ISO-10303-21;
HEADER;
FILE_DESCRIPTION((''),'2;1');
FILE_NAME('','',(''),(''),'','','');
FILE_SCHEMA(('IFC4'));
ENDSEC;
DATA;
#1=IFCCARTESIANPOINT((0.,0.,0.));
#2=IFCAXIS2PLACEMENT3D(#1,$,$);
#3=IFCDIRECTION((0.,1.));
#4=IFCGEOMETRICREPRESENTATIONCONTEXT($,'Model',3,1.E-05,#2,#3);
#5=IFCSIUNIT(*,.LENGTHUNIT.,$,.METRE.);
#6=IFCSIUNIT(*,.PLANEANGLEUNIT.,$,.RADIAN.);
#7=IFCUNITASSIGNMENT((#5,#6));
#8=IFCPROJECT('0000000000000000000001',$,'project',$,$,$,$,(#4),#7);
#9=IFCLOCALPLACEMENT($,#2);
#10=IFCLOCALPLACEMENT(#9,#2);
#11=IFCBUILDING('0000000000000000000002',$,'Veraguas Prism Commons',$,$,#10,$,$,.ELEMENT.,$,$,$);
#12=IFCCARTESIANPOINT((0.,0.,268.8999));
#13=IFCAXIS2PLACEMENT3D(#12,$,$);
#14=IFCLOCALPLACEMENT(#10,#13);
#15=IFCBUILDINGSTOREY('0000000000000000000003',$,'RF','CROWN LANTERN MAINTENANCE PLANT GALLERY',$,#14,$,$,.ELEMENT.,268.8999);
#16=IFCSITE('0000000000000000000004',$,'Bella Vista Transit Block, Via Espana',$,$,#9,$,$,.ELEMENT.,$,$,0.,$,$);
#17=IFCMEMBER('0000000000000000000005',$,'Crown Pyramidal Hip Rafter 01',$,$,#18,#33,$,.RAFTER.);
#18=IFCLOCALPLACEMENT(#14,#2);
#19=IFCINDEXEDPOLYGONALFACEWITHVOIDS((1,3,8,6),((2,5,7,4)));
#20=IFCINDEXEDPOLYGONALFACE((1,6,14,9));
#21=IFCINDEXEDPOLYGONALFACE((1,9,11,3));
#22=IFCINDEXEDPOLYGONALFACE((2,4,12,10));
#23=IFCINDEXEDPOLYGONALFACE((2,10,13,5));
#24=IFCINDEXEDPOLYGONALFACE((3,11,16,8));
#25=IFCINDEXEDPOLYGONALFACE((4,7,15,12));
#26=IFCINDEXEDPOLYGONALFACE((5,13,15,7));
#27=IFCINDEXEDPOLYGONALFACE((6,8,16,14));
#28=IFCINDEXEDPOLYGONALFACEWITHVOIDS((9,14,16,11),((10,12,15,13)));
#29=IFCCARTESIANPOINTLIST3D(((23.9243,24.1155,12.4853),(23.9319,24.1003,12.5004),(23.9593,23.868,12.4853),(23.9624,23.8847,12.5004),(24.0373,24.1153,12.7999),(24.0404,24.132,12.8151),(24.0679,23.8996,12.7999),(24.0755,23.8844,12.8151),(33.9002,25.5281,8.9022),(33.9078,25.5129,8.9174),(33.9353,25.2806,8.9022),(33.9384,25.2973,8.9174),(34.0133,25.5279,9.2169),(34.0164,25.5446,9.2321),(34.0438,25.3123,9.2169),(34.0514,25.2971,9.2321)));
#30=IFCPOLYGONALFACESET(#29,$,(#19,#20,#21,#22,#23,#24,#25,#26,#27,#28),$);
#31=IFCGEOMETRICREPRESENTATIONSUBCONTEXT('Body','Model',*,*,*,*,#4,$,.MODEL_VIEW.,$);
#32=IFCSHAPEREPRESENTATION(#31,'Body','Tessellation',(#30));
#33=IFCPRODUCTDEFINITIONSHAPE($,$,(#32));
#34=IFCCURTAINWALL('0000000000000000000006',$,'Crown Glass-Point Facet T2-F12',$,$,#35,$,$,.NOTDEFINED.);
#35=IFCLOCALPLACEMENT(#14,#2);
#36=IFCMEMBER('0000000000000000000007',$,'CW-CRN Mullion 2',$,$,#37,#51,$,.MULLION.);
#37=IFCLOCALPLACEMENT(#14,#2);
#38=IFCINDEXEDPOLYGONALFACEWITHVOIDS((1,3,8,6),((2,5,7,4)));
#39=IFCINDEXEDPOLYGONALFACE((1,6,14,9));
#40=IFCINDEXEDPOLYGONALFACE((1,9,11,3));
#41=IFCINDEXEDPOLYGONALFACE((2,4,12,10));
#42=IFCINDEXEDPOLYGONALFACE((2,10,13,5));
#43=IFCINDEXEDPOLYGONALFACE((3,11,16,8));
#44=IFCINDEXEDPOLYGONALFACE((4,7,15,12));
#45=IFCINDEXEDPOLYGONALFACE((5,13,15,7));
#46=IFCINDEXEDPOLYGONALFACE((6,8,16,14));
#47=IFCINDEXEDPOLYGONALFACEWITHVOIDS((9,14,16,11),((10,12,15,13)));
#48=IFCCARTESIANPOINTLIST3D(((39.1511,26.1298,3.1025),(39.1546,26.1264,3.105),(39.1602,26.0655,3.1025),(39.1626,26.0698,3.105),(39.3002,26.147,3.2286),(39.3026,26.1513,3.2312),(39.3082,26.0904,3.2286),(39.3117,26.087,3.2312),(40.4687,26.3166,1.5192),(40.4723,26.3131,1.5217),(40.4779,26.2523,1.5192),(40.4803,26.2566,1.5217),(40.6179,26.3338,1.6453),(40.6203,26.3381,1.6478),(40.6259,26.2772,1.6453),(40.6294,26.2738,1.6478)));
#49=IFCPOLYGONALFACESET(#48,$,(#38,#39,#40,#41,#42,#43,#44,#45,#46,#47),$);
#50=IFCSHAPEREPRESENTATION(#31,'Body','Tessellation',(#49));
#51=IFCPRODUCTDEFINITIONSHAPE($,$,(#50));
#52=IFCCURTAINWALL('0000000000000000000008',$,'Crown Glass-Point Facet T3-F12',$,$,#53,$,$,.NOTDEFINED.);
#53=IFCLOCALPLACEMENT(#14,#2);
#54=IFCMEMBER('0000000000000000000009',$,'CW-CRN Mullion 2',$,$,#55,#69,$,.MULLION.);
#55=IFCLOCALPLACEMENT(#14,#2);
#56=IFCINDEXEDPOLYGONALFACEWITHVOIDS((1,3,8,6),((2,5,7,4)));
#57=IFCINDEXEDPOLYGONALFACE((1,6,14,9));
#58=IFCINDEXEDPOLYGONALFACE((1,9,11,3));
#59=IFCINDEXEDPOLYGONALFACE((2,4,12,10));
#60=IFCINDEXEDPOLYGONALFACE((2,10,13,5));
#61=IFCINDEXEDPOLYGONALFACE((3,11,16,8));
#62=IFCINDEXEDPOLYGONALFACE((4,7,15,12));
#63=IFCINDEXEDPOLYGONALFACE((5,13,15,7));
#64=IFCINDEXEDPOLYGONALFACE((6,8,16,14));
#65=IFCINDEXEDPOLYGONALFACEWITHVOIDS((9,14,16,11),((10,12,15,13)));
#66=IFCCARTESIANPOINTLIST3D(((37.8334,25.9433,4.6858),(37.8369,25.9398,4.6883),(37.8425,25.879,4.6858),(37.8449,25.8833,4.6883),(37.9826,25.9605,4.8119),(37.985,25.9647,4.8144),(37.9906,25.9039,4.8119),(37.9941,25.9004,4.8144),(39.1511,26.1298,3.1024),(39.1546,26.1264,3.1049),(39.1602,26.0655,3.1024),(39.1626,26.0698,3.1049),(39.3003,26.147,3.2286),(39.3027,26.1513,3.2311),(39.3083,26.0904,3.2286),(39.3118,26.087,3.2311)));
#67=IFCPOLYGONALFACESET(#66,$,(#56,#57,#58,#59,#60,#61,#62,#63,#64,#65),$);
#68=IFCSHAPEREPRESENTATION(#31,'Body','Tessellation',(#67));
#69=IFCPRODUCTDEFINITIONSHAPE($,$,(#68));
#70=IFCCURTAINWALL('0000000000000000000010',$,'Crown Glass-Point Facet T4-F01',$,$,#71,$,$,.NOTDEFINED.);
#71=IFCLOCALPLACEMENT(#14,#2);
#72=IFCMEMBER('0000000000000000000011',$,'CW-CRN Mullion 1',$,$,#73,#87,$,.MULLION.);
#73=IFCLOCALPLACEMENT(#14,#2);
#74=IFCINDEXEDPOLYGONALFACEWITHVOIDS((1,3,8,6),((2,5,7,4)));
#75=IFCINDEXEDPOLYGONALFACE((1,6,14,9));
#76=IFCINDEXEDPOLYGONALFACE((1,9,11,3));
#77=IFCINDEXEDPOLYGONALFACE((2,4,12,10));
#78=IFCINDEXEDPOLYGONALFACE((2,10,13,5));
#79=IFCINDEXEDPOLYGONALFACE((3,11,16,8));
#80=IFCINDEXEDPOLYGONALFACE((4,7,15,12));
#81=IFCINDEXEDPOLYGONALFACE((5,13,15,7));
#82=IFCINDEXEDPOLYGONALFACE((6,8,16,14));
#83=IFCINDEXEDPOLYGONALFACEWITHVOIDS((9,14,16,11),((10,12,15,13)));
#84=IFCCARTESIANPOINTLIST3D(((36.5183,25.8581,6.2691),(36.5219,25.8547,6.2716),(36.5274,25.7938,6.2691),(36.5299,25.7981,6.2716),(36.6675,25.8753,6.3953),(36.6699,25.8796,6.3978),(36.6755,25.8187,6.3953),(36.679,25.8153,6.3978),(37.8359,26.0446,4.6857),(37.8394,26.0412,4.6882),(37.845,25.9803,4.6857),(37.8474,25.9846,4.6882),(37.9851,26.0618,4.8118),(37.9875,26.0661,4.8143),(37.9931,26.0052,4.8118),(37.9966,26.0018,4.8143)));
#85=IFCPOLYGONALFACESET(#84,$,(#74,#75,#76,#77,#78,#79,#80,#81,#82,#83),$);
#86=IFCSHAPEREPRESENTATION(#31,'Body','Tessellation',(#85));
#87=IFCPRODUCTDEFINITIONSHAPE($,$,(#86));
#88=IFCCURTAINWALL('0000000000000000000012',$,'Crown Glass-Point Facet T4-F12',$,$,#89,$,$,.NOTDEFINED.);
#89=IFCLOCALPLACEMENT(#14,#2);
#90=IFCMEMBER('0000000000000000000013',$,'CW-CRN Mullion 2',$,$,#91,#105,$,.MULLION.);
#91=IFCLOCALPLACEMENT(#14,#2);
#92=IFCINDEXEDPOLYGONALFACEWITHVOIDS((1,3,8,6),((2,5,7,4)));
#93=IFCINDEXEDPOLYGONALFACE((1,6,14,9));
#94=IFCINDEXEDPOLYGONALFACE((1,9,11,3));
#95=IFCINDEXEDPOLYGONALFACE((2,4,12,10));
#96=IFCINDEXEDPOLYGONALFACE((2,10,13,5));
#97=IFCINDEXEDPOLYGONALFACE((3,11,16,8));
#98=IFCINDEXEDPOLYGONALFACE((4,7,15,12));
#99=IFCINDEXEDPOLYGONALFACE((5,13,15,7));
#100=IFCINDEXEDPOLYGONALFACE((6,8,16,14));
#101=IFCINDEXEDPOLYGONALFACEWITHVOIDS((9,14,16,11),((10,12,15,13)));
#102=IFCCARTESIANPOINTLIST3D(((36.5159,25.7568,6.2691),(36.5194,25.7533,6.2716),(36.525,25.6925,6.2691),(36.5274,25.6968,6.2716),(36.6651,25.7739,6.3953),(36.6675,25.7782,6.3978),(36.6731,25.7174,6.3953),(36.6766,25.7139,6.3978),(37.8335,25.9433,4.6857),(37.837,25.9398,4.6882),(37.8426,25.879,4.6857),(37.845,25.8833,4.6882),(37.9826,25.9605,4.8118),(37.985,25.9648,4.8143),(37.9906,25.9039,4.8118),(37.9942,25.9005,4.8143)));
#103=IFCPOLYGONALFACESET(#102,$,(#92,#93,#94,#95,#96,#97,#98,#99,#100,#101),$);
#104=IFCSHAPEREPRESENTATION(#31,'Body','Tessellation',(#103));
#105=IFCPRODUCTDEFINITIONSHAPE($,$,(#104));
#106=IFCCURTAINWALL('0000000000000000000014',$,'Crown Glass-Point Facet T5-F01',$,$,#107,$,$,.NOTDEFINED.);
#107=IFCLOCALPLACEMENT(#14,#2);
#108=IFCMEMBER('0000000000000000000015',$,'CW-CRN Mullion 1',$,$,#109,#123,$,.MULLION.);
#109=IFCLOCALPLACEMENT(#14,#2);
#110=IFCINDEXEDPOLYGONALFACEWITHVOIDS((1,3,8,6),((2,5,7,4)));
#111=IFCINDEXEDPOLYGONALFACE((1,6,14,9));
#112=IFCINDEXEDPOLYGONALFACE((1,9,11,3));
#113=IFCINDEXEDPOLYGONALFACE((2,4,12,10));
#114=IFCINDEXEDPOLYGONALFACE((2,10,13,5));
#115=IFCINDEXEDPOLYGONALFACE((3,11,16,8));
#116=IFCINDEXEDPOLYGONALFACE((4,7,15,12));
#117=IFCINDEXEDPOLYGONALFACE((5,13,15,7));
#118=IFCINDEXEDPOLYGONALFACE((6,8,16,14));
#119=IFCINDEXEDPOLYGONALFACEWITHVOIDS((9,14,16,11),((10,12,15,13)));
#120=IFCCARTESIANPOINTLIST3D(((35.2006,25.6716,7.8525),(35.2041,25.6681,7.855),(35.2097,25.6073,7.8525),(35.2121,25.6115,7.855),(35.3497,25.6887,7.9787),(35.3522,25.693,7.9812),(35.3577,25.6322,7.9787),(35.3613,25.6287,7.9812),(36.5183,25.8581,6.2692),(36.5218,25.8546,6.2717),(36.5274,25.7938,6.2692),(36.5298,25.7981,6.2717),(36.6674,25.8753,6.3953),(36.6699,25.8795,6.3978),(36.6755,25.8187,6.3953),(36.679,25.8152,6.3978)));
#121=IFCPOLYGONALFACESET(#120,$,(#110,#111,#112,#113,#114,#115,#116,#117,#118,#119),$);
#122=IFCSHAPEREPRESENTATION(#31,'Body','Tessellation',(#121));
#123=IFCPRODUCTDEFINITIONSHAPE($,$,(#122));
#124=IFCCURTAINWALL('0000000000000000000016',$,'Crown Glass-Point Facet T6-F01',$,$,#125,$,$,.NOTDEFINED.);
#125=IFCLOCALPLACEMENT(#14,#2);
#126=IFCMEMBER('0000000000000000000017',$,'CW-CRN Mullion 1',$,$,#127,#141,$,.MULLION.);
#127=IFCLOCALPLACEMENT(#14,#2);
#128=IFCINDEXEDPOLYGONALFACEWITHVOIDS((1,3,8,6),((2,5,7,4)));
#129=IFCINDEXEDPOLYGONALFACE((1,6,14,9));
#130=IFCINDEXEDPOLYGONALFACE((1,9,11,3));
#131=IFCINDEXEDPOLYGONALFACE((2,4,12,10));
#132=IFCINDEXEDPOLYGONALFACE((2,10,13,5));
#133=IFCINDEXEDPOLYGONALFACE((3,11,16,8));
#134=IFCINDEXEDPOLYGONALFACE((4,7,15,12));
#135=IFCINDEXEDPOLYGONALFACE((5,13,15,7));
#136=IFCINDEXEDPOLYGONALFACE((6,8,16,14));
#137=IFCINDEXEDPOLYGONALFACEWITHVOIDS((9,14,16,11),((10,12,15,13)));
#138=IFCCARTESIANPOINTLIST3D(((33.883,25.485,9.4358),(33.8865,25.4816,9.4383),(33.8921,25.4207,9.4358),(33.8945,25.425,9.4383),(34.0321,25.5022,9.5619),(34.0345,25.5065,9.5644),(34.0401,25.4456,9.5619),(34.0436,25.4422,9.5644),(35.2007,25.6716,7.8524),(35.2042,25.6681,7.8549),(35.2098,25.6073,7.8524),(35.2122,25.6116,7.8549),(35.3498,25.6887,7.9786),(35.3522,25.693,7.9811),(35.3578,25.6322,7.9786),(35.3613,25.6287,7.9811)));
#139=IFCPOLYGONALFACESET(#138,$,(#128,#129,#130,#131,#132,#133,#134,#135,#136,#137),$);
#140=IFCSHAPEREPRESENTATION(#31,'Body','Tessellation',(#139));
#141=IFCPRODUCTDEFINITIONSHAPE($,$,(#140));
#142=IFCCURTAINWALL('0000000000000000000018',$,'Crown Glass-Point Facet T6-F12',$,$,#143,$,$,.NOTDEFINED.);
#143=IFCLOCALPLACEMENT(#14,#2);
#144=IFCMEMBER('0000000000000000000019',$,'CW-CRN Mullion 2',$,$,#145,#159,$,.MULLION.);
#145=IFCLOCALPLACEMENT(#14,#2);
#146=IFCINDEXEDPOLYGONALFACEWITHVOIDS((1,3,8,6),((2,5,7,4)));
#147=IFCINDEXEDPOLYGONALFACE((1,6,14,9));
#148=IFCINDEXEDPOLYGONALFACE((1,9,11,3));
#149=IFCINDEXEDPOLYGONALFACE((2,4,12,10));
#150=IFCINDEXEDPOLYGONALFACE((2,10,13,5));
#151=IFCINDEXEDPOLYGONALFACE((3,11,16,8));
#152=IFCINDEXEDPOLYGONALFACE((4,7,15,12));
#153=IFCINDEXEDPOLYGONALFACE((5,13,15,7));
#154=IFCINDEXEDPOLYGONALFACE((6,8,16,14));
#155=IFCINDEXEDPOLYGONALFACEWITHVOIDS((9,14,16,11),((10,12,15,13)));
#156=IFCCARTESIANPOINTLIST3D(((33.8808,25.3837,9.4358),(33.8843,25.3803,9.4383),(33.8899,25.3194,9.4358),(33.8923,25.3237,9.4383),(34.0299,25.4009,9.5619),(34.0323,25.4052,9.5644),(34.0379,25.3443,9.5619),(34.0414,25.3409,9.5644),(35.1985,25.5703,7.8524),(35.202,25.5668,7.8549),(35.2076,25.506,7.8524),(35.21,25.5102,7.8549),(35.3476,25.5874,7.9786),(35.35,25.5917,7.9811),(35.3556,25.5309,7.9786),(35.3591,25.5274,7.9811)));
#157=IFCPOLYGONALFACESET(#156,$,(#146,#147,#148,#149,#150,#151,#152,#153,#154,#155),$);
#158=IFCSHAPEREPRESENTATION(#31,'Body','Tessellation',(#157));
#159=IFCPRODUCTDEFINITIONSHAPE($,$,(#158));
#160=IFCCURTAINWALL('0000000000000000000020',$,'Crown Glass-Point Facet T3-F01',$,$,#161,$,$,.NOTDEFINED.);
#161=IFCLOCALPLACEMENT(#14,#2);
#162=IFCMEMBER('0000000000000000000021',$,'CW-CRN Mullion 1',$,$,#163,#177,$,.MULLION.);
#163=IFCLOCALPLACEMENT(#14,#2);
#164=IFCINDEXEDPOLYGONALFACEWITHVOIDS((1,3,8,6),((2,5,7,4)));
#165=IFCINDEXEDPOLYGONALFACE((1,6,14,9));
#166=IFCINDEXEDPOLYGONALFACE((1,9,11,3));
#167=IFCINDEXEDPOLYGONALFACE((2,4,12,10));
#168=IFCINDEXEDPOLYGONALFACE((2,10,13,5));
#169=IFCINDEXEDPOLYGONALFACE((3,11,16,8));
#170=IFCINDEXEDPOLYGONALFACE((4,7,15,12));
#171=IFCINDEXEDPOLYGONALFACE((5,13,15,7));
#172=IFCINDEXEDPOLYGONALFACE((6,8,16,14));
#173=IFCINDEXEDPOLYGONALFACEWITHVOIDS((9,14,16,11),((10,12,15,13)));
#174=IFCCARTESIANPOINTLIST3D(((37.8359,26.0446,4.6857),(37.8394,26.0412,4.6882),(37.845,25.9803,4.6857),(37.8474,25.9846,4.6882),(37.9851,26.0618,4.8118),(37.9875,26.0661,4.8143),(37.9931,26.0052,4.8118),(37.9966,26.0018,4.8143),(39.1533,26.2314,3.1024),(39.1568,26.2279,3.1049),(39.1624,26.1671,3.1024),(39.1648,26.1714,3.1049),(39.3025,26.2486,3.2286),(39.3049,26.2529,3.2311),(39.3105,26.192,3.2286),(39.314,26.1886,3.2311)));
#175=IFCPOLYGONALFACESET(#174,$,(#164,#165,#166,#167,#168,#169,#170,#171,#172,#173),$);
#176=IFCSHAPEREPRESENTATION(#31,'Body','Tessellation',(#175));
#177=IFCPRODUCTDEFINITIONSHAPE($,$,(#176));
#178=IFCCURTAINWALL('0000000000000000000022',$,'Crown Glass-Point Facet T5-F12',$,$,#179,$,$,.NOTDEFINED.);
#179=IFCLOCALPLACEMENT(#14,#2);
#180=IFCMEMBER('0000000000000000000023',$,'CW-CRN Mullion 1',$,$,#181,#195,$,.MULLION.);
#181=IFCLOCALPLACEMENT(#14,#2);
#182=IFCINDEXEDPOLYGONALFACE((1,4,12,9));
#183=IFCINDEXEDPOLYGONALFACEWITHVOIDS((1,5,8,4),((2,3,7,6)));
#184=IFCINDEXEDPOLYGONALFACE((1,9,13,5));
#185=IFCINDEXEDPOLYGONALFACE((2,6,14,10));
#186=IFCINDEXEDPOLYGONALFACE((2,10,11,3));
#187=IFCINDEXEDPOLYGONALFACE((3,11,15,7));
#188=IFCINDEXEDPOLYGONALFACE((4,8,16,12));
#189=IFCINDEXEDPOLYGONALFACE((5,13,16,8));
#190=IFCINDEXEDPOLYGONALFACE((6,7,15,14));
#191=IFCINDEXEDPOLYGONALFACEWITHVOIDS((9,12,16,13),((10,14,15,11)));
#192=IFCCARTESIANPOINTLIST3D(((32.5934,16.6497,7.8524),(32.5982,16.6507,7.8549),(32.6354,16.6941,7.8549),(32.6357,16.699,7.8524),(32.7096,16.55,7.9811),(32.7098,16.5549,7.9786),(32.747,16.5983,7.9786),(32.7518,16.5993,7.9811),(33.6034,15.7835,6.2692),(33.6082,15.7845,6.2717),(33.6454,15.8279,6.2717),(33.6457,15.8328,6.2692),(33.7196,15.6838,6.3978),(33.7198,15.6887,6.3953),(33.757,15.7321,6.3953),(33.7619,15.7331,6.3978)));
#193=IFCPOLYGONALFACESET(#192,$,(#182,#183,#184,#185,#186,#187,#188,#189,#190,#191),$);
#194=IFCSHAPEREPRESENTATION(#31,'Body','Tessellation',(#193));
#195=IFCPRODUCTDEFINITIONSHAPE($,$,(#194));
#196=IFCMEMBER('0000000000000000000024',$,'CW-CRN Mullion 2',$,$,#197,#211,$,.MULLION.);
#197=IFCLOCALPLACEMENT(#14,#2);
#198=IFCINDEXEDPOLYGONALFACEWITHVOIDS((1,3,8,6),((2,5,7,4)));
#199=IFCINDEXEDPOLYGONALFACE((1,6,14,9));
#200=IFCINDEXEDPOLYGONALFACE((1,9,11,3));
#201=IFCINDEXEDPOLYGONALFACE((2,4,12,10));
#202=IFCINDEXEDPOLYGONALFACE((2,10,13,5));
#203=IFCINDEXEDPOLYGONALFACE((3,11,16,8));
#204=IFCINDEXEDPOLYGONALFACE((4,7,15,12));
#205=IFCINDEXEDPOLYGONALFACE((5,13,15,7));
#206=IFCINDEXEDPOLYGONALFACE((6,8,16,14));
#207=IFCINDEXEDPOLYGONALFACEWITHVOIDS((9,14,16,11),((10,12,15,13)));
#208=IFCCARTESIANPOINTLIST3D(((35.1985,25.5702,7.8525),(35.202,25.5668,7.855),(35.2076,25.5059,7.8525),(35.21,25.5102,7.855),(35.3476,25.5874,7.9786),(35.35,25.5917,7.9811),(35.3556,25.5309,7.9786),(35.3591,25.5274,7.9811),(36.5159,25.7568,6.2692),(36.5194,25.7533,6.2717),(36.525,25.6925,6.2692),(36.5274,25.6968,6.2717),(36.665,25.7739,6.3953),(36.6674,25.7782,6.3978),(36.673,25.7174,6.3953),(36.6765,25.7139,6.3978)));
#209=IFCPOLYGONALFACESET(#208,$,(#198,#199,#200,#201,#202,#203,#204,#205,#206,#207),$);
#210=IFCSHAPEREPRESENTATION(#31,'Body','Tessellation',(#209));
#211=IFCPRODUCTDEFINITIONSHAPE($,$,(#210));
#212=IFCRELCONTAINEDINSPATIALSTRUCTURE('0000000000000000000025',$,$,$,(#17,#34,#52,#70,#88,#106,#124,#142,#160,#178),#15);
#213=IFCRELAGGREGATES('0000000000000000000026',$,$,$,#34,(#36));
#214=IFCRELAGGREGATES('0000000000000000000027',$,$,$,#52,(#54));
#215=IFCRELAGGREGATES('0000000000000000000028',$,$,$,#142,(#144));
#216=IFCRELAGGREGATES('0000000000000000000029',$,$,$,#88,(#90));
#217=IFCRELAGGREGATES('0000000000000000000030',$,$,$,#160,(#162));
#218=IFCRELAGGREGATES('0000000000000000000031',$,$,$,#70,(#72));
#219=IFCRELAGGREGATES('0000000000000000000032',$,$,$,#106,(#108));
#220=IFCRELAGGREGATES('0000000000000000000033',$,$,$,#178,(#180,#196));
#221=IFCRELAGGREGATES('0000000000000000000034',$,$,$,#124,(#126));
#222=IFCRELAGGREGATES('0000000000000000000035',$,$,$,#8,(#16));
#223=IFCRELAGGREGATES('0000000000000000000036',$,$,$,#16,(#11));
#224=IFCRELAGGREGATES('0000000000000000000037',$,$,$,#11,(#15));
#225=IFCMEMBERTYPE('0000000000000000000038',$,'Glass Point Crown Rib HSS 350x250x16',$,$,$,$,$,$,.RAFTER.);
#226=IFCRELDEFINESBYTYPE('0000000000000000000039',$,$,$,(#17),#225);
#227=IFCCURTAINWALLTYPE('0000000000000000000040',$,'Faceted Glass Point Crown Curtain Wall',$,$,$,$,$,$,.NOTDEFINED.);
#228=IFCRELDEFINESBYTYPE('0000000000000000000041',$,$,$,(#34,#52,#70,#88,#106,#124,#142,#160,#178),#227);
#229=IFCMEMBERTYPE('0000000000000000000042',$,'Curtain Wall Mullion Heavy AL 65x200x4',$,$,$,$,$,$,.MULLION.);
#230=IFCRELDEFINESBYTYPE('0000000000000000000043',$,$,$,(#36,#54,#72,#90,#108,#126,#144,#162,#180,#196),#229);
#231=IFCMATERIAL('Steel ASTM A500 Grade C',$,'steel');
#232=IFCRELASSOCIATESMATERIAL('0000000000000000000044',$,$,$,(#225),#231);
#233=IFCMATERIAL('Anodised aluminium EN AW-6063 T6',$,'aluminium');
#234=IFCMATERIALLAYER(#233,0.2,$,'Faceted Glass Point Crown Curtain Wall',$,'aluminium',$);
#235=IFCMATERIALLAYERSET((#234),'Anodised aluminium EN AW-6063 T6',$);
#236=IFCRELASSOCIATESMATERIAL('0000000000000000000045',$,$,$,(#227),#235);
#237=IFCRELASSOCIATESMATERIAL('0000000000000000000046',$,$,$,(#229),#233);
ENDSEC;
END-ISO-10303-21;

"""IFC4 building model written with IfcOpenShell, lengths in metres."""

from ifc_helpers import new_model, si_unit, direction, frame, origin, origin_2d, place, context, subcontext, project, spatial, hollow_rectangle, extrude, source, transform, mapped, material, layer, layer_set, material_profile, profile_set, type_object, element, aggregate, save


model = new_model("IFC4")

# Units and contexts
model_context = context("Model", 3, precision=1e-05, world=origin(), true_north=direction((0.0, 1.0)))
body_context = subcontext(model_context, "Body", "Model", "MODEL_VIEW")
ifc_project = project(units=[si_unit("LENGTHUNIT", "METRE"), si_unit("PLANEANGLEUNIT", "RADIAN")], contexts=[model_context])

# Site, building, storey
site_placement = place(None, origin())
site = spatial("IfcSite", under=ifc_project, at=site_placement, Name="Bella Vista Transit Block, Via Espana", CompositionType="ELEMENT", RefElevation=0.0)
building_placement = place(site_placement, origin())
building = spatial("IfcBuilding", under=site, at=building_placement, Name="Veraguas Prism Commons", CompositionType="ELEMENT")
storey_placement = place(building_placement, frame((0.0, 0.0, 268.8999)))
storey = spatial("IfcBuildingStorey", under=building, at=storey_placement, Name="RF", Description="CROWN LANTERN MAINTENANCE PLANT GALLERY", CompositionType="ELEMENT", Elevation=268.8999)

# Shared definitions
ifc_material_1 = material(Name="Steel ASTM A500 Grade C", Category="steel")

# Member
ifc_material_profile_1 = material_profile(ifc_material_1, hollow_rectangle(XDim=0.25, YDim=0.3501, WallThickness=0.0161, at=origin_2d()), Name="HSS350X250X16")
ifc_profile_set_1 = profile_set([ifc_material_profile_1], Name="Steel ASTM A500 Grade C")
member_type_1 = type_object("IfcMemberType", Name="Glass Point Crown Rib HSS 350x250x16", PredefinedType="RAFTER", material=ifc_profile_set_1)
member_1_placement = place(storey_placement, frame((33.9758, 25.4126, 9.0671), z_axis=(-0.932889, -0.132099, 0.335065), x_axis=(0.140203, -0.990123, 0.0)))
element("IfcMember", 1, at=member_1_placement, inside=storey, type_object=member_type_1, Name="Crown Pyramidal Hip Rafter 01", PredefinedType="RAFTER", context=body_context, shape_type="SweptSolid", body=[
    extrude(hollow_rectangle(XDim=0.25, YDim=0.3501, WallThickness=0.0161, at=origin_2d()), origin(), (0.0, 0.0, 1.0), 10.6936),
])

# Curtain walls, members
ifc_material_2 = material(Name="Anodised aluminium EN AW-6063 T6", Category="aluminium")
ifc_layer_1 = layer(ifc_material_2, 0.2, Name="Faceted Glass Point Crown Curtain Wall", Category="aluminium")
ifc_layer_set_1 = layer_set([ifc_layer_1], Name="Anodised aluminium EN AW-6063 T6")
curtain_wall_type = type_object("IfcCurtainWallType", Name="Faceted Glass Point Crown Curtain Wall", PredefinedType="NOTDEFINED", material=ifc_layer_set_1)
curtain_wall_1_placement = place(storey_placement, origin())
curtain_wall_1 = element("IfcCurtainWall", 2, at=curtain_wall_1_placement, inside=storey, type_object=curtain_wall_type, Name="Crown Glass-Point Facet T2-F12", PredefinedType="NOTDEFINED")
ifc_material_profile_2 = material_profile(ifc_material_2, hollow_rectangle(XDim=0.0649, YDim=0.2, WallThickness=0.0039, at=origin_2d()), Name="AL65X200X4")
ifc_profile_set_2 = profile_set([ifc_material_profile_2], Name="Anodised aluminium EN AW-6063 T6")
member_type_2 = type_object("IfcMemberType", Name="Curtain Wall Mullion Heavy AL 65x200x4", PredefinedType="MULLION", material=ifc_profile_set_2)
shared_shape_1 = source(origin(), body_context, "Body", "SweptSolid", [
    extrude(hollow_rectangle(XDim=0.0649, YDim=0.2, WallThickness=0.0039, at=origin_2d()), origin(), (0.0, 0.0, 1.0), 2.0684),
])
member_2_placement = place(storey_placement, frame((40.5491, 26.2952, 1.5835), z_axis=(-0.63707, -0.090302, 0.765499), x_axis=(0.140343, -0.990103, 0.0)))
member_2 = element("IfcMember", 3, at=member_2_placement, type_object=member_type_2, Name="CW-CRN Mullion 2", PredefinedType="MULLION", context=body_context, shape_type="MappedRepresentation", body=[
    mapped(shared_shape_1, transform((0.0, 0.0, 0.0), scale=1.0)),
])
aggregate(curtain_wall_1, [member_2])
curtain_wall_2_placement = place(storey_placement, origin())
curtain_wall_2 = element("IfcCurtainWall", 4, at=curtain_wall_2_placement, inside=storey, type_object=curtain_wall_type, Name="Crown Glass-Point Facet T3-F12", PredefinedType="NOTDEFINED")
member_3_placement = place(storey_placement, frame((39.2314, 26.1084, 3.1667), z_axis=(-0.637076, -0.090185, 0.765507), x_axis=(0.140163, -0.990128, 0.0)))
member_3 = element("IfcMember", 5, at=member_3_placement, type_object=member_type_2, Name="CW-CRN Mullion 2", PredefinedType="MULLION", context=body_context, shape_type="MappedRepresentation", body=[
    mapped(shared_shape_1, transform((0.0, 0.0, 0.0), scale=1.0)),
])
aggregate(curtain_wall_2, [member_3])
curtain_wall_3_placement = place(storey_placement, origin())
curtain_wall_3 = element("IfcCurtainWall", 6, at=curtain_wall_3_placement, inside=storey, type_object=curtain_wall_type, Name="Crown Glass-Point Facet T4-F01", PredefinedType="NOTDEFINED")
member_4_placement = place(storey_placement, frame((37.9163, 26.0232, 4.75), z_axis=(-0.637019, -0.090176, 0.765556), x_axis=(0.140163, -0.990128, 0.0)))
member_4 = element("IfcMember", 7, at=member_4_placement, type_object=member_type_2, Name="CW-CRN Mullion 1", PredefinedType="MULLION", context=body_context, shape_type="MappedRepresentation", body=[
    mapped(shared_shape_1, transform((0.0, 0.0, 0.0), scale=1.0)),
])
curtain_wall_4_placement = place(storey_placement, origin())
curtain_wall_4 = element("IfcCurtainWall", 8, at=curtain_wall_4_placement, inside=storey, type_object=curtain_wall_type, Name="Crown Glass-Point Facet T4-F12", PredefinedType="NOTDEFINED")
member_5_placement = place(storey_placement, frame((37.9138, 25.9219, 4.75), z_axis=(-0.637019, -0.090176, 0.765556), x_axis=(0.140163, -0.990128, 0.0)))
member_5 = element("IfcMember", 9, at=member_5_placement, type_object=member_type_2, Name="CW-CRN Mullion 2", PredefinedType="MULLION", context=body_context, shape_type="MappedRepresentation", body=[
    mapped(shared_shape_1, transform((0.0, 0.0, 0.0), scale=1.0)),
])
curtain_wall_5_placement = place(storey_placement, origin())
curtain_wall_5 = element("IfcCurtainWall", 10, at=curtain_wall_5_placement, inside=storey, type_object=curtain_wall_type, Name="Crown Glass-Point Facet T5-F01", PredefinedType="NOTDEFINED")
member_6_placement = place(storey_placement, frame((36.5986, 25.8367, 6.3335), z_axis=(-0.637076, -0.090185, 0.765507), x_axis=(0.140163, -0.990128, 0.0)))
member_6 = element("IfcMember", 11, at=member_6_placement, type_object=member_type_2, Name="CW-CRN Mullion 1", PredefinedType="MULLION", context=body_context, shape_type="MappedRepresentation", body=[
    mapped(shared_shape_1, transform((0.0, 0.0, 0.0), scale=1.0)),
])
curtain_wall_6_placement = place(storey_placement, origin())
curtain_wall_6 = element("IfcCurtainWall", 12, at=curtain_wall_6_placement, inside=storey, type_object=curtain_wall_type, Name="Crown Glass-Point Facet T6-F01", PredefinedType="NOTDEFINED")
member_7_placement = place(storey_placement, frame((35.281, 25.6501, 7.9167), z_axis=(-0.637076, -0.090185, 0.765507), x_axis=(0.140163, -0.990128, 0.0)))
member_7 = element("IfcMember", 13, at=member_7_placement, type_object=member_type_2, Name="CW-CRN Mullion 1", PredefinedType="MULLION", context=body_context, shape_type="MappedRepresentation", body=[
    mapped(shared_shape_1, transform((0.0, 0.0, 0.0), scale=1.0)),
])
curtain_wall_7_placement = place(storey_placement, origin())
curtain_wall_7 = element("IfcCurtainWall", 14, at=curtain_wall_7_placement, inside=storey, type_object=curtain_wall_type, Name="Crown Glass-Point Facet T6-F12", PredefinedType="NOTDEFINED")
member_8_placement = place(storey_placement, frame((35.2788, 25.5488, 7.9167), z_axis=(-0.637076, -0.090185, 0.765507), x_axis=(0.140163, -0.990128, 0.0)))
member_8 = element("IfcMember", 15, at=member_8_placement, type_object=member_type_2, Name="CW-CRN Mullion 2", PredefinedType="MULLION", context=body_context, shape_type="MappedRepresentation", body=[
    mapped(shared_shape_1, transform((0.0, 0.0, 0.0), scale=1.0)),
])
aggregate(curtain_wall_7, [member_8])
curtain_wall_8_placement = place(storey_placement, origin())
curtain_wall_8 = element("IfcCurtainWall", 16, at=curtain_wall_8_placement, inside=storey, type_object=curtain_wall_type, Name="Crown Glass-Point Facet T3-F01", PredefinedType="NOTDEFINED")
shared_shape_2 = source(origin(), body_context, "Body", "SweptSolid", [
    extrude(hollow_rectangle(XDim=0.0649, YDim=0.2, WallThickness=0.0039, at=origin_2d()), origin(), (0.0, 0.0, 1.0), 2.0681),
])
member_9_placement = place(storey_placement, frame((39.2336, 26.21, 3.1667), z_axis=(-0.636999, -0.090308, 0.765556), x_axis=(0.140368, -0.990099, 0.0)))
member_9 = element("IfcMember", 17, at=member_9_placement, type_object=member_type_2, Name="CW-CRN Mullion 1", PredefinedType="MULLION", context=body_context, shape_type="MappedRepresentation", body=[
    mapped(shared_shape_2, transform((0.0, 0.0, 0.0), scale=1.0)),
])

# Curtain wall, members
curtain_wall_9_placement = place(storey_placement, origin())
curtain_wall_9 = element("IfcCurtainWall", 18, at=curtain_wall_9_placement, inside=storey, type_object=curtain_wall_type, Name="Crown Glass-Point Facet T5-F12", PredefinedType="NOTDEFINED")
member_10_placement = place(storey_placement, frame((33.6826, 15.7583, 6.3335), z_axis=(-0.488371, 0.418839, 0.765551), x_axis=(-0.651003, -0.759075, 0.0)))
member_10 = element("IfcMember", 19, at=member_10_placement, type_object=member_type_2, Name="CW-CRN Mullion 1", PredefinedType="MULLION", context=body_context, shape_type="MappedRepresentation", body=[
    mapped(shared_shape_2, transform((0.0, 0.0, 0.0), scale=1.0)),
])
member_11_placement = place(storey_placement, frame((36.5962, 25.7354, 6.3335), z_axis=(-0.637006, -0.090191, 0.765564), x_axis=(0.140188, -0.990125, 0.0)))
member_11 = element("IfcMember", 20, at=member_11_placement, type_object=member_type_2, Name="CW-CRN Mullion 2", PredefinedType="MULLION", context=body_context, shape_type="MappedRepresentation", body=[
    mapped(shared_shape_2, transform((0.0, 0.0, 0.0), scale=1.0)),
])

aggregate(curtain_wall_4, [member_5])

aggregate(curtain_wall_8, [member_9])
aggregate(curtain_wall_3, [member_4])
aggregate(curtain_wall_5, [member_6])
aggregate(curtain_wall_9, [member_10, member_11])
aggregate(curtain_wall_6, [member_7])

save(model, "model.ifc")
